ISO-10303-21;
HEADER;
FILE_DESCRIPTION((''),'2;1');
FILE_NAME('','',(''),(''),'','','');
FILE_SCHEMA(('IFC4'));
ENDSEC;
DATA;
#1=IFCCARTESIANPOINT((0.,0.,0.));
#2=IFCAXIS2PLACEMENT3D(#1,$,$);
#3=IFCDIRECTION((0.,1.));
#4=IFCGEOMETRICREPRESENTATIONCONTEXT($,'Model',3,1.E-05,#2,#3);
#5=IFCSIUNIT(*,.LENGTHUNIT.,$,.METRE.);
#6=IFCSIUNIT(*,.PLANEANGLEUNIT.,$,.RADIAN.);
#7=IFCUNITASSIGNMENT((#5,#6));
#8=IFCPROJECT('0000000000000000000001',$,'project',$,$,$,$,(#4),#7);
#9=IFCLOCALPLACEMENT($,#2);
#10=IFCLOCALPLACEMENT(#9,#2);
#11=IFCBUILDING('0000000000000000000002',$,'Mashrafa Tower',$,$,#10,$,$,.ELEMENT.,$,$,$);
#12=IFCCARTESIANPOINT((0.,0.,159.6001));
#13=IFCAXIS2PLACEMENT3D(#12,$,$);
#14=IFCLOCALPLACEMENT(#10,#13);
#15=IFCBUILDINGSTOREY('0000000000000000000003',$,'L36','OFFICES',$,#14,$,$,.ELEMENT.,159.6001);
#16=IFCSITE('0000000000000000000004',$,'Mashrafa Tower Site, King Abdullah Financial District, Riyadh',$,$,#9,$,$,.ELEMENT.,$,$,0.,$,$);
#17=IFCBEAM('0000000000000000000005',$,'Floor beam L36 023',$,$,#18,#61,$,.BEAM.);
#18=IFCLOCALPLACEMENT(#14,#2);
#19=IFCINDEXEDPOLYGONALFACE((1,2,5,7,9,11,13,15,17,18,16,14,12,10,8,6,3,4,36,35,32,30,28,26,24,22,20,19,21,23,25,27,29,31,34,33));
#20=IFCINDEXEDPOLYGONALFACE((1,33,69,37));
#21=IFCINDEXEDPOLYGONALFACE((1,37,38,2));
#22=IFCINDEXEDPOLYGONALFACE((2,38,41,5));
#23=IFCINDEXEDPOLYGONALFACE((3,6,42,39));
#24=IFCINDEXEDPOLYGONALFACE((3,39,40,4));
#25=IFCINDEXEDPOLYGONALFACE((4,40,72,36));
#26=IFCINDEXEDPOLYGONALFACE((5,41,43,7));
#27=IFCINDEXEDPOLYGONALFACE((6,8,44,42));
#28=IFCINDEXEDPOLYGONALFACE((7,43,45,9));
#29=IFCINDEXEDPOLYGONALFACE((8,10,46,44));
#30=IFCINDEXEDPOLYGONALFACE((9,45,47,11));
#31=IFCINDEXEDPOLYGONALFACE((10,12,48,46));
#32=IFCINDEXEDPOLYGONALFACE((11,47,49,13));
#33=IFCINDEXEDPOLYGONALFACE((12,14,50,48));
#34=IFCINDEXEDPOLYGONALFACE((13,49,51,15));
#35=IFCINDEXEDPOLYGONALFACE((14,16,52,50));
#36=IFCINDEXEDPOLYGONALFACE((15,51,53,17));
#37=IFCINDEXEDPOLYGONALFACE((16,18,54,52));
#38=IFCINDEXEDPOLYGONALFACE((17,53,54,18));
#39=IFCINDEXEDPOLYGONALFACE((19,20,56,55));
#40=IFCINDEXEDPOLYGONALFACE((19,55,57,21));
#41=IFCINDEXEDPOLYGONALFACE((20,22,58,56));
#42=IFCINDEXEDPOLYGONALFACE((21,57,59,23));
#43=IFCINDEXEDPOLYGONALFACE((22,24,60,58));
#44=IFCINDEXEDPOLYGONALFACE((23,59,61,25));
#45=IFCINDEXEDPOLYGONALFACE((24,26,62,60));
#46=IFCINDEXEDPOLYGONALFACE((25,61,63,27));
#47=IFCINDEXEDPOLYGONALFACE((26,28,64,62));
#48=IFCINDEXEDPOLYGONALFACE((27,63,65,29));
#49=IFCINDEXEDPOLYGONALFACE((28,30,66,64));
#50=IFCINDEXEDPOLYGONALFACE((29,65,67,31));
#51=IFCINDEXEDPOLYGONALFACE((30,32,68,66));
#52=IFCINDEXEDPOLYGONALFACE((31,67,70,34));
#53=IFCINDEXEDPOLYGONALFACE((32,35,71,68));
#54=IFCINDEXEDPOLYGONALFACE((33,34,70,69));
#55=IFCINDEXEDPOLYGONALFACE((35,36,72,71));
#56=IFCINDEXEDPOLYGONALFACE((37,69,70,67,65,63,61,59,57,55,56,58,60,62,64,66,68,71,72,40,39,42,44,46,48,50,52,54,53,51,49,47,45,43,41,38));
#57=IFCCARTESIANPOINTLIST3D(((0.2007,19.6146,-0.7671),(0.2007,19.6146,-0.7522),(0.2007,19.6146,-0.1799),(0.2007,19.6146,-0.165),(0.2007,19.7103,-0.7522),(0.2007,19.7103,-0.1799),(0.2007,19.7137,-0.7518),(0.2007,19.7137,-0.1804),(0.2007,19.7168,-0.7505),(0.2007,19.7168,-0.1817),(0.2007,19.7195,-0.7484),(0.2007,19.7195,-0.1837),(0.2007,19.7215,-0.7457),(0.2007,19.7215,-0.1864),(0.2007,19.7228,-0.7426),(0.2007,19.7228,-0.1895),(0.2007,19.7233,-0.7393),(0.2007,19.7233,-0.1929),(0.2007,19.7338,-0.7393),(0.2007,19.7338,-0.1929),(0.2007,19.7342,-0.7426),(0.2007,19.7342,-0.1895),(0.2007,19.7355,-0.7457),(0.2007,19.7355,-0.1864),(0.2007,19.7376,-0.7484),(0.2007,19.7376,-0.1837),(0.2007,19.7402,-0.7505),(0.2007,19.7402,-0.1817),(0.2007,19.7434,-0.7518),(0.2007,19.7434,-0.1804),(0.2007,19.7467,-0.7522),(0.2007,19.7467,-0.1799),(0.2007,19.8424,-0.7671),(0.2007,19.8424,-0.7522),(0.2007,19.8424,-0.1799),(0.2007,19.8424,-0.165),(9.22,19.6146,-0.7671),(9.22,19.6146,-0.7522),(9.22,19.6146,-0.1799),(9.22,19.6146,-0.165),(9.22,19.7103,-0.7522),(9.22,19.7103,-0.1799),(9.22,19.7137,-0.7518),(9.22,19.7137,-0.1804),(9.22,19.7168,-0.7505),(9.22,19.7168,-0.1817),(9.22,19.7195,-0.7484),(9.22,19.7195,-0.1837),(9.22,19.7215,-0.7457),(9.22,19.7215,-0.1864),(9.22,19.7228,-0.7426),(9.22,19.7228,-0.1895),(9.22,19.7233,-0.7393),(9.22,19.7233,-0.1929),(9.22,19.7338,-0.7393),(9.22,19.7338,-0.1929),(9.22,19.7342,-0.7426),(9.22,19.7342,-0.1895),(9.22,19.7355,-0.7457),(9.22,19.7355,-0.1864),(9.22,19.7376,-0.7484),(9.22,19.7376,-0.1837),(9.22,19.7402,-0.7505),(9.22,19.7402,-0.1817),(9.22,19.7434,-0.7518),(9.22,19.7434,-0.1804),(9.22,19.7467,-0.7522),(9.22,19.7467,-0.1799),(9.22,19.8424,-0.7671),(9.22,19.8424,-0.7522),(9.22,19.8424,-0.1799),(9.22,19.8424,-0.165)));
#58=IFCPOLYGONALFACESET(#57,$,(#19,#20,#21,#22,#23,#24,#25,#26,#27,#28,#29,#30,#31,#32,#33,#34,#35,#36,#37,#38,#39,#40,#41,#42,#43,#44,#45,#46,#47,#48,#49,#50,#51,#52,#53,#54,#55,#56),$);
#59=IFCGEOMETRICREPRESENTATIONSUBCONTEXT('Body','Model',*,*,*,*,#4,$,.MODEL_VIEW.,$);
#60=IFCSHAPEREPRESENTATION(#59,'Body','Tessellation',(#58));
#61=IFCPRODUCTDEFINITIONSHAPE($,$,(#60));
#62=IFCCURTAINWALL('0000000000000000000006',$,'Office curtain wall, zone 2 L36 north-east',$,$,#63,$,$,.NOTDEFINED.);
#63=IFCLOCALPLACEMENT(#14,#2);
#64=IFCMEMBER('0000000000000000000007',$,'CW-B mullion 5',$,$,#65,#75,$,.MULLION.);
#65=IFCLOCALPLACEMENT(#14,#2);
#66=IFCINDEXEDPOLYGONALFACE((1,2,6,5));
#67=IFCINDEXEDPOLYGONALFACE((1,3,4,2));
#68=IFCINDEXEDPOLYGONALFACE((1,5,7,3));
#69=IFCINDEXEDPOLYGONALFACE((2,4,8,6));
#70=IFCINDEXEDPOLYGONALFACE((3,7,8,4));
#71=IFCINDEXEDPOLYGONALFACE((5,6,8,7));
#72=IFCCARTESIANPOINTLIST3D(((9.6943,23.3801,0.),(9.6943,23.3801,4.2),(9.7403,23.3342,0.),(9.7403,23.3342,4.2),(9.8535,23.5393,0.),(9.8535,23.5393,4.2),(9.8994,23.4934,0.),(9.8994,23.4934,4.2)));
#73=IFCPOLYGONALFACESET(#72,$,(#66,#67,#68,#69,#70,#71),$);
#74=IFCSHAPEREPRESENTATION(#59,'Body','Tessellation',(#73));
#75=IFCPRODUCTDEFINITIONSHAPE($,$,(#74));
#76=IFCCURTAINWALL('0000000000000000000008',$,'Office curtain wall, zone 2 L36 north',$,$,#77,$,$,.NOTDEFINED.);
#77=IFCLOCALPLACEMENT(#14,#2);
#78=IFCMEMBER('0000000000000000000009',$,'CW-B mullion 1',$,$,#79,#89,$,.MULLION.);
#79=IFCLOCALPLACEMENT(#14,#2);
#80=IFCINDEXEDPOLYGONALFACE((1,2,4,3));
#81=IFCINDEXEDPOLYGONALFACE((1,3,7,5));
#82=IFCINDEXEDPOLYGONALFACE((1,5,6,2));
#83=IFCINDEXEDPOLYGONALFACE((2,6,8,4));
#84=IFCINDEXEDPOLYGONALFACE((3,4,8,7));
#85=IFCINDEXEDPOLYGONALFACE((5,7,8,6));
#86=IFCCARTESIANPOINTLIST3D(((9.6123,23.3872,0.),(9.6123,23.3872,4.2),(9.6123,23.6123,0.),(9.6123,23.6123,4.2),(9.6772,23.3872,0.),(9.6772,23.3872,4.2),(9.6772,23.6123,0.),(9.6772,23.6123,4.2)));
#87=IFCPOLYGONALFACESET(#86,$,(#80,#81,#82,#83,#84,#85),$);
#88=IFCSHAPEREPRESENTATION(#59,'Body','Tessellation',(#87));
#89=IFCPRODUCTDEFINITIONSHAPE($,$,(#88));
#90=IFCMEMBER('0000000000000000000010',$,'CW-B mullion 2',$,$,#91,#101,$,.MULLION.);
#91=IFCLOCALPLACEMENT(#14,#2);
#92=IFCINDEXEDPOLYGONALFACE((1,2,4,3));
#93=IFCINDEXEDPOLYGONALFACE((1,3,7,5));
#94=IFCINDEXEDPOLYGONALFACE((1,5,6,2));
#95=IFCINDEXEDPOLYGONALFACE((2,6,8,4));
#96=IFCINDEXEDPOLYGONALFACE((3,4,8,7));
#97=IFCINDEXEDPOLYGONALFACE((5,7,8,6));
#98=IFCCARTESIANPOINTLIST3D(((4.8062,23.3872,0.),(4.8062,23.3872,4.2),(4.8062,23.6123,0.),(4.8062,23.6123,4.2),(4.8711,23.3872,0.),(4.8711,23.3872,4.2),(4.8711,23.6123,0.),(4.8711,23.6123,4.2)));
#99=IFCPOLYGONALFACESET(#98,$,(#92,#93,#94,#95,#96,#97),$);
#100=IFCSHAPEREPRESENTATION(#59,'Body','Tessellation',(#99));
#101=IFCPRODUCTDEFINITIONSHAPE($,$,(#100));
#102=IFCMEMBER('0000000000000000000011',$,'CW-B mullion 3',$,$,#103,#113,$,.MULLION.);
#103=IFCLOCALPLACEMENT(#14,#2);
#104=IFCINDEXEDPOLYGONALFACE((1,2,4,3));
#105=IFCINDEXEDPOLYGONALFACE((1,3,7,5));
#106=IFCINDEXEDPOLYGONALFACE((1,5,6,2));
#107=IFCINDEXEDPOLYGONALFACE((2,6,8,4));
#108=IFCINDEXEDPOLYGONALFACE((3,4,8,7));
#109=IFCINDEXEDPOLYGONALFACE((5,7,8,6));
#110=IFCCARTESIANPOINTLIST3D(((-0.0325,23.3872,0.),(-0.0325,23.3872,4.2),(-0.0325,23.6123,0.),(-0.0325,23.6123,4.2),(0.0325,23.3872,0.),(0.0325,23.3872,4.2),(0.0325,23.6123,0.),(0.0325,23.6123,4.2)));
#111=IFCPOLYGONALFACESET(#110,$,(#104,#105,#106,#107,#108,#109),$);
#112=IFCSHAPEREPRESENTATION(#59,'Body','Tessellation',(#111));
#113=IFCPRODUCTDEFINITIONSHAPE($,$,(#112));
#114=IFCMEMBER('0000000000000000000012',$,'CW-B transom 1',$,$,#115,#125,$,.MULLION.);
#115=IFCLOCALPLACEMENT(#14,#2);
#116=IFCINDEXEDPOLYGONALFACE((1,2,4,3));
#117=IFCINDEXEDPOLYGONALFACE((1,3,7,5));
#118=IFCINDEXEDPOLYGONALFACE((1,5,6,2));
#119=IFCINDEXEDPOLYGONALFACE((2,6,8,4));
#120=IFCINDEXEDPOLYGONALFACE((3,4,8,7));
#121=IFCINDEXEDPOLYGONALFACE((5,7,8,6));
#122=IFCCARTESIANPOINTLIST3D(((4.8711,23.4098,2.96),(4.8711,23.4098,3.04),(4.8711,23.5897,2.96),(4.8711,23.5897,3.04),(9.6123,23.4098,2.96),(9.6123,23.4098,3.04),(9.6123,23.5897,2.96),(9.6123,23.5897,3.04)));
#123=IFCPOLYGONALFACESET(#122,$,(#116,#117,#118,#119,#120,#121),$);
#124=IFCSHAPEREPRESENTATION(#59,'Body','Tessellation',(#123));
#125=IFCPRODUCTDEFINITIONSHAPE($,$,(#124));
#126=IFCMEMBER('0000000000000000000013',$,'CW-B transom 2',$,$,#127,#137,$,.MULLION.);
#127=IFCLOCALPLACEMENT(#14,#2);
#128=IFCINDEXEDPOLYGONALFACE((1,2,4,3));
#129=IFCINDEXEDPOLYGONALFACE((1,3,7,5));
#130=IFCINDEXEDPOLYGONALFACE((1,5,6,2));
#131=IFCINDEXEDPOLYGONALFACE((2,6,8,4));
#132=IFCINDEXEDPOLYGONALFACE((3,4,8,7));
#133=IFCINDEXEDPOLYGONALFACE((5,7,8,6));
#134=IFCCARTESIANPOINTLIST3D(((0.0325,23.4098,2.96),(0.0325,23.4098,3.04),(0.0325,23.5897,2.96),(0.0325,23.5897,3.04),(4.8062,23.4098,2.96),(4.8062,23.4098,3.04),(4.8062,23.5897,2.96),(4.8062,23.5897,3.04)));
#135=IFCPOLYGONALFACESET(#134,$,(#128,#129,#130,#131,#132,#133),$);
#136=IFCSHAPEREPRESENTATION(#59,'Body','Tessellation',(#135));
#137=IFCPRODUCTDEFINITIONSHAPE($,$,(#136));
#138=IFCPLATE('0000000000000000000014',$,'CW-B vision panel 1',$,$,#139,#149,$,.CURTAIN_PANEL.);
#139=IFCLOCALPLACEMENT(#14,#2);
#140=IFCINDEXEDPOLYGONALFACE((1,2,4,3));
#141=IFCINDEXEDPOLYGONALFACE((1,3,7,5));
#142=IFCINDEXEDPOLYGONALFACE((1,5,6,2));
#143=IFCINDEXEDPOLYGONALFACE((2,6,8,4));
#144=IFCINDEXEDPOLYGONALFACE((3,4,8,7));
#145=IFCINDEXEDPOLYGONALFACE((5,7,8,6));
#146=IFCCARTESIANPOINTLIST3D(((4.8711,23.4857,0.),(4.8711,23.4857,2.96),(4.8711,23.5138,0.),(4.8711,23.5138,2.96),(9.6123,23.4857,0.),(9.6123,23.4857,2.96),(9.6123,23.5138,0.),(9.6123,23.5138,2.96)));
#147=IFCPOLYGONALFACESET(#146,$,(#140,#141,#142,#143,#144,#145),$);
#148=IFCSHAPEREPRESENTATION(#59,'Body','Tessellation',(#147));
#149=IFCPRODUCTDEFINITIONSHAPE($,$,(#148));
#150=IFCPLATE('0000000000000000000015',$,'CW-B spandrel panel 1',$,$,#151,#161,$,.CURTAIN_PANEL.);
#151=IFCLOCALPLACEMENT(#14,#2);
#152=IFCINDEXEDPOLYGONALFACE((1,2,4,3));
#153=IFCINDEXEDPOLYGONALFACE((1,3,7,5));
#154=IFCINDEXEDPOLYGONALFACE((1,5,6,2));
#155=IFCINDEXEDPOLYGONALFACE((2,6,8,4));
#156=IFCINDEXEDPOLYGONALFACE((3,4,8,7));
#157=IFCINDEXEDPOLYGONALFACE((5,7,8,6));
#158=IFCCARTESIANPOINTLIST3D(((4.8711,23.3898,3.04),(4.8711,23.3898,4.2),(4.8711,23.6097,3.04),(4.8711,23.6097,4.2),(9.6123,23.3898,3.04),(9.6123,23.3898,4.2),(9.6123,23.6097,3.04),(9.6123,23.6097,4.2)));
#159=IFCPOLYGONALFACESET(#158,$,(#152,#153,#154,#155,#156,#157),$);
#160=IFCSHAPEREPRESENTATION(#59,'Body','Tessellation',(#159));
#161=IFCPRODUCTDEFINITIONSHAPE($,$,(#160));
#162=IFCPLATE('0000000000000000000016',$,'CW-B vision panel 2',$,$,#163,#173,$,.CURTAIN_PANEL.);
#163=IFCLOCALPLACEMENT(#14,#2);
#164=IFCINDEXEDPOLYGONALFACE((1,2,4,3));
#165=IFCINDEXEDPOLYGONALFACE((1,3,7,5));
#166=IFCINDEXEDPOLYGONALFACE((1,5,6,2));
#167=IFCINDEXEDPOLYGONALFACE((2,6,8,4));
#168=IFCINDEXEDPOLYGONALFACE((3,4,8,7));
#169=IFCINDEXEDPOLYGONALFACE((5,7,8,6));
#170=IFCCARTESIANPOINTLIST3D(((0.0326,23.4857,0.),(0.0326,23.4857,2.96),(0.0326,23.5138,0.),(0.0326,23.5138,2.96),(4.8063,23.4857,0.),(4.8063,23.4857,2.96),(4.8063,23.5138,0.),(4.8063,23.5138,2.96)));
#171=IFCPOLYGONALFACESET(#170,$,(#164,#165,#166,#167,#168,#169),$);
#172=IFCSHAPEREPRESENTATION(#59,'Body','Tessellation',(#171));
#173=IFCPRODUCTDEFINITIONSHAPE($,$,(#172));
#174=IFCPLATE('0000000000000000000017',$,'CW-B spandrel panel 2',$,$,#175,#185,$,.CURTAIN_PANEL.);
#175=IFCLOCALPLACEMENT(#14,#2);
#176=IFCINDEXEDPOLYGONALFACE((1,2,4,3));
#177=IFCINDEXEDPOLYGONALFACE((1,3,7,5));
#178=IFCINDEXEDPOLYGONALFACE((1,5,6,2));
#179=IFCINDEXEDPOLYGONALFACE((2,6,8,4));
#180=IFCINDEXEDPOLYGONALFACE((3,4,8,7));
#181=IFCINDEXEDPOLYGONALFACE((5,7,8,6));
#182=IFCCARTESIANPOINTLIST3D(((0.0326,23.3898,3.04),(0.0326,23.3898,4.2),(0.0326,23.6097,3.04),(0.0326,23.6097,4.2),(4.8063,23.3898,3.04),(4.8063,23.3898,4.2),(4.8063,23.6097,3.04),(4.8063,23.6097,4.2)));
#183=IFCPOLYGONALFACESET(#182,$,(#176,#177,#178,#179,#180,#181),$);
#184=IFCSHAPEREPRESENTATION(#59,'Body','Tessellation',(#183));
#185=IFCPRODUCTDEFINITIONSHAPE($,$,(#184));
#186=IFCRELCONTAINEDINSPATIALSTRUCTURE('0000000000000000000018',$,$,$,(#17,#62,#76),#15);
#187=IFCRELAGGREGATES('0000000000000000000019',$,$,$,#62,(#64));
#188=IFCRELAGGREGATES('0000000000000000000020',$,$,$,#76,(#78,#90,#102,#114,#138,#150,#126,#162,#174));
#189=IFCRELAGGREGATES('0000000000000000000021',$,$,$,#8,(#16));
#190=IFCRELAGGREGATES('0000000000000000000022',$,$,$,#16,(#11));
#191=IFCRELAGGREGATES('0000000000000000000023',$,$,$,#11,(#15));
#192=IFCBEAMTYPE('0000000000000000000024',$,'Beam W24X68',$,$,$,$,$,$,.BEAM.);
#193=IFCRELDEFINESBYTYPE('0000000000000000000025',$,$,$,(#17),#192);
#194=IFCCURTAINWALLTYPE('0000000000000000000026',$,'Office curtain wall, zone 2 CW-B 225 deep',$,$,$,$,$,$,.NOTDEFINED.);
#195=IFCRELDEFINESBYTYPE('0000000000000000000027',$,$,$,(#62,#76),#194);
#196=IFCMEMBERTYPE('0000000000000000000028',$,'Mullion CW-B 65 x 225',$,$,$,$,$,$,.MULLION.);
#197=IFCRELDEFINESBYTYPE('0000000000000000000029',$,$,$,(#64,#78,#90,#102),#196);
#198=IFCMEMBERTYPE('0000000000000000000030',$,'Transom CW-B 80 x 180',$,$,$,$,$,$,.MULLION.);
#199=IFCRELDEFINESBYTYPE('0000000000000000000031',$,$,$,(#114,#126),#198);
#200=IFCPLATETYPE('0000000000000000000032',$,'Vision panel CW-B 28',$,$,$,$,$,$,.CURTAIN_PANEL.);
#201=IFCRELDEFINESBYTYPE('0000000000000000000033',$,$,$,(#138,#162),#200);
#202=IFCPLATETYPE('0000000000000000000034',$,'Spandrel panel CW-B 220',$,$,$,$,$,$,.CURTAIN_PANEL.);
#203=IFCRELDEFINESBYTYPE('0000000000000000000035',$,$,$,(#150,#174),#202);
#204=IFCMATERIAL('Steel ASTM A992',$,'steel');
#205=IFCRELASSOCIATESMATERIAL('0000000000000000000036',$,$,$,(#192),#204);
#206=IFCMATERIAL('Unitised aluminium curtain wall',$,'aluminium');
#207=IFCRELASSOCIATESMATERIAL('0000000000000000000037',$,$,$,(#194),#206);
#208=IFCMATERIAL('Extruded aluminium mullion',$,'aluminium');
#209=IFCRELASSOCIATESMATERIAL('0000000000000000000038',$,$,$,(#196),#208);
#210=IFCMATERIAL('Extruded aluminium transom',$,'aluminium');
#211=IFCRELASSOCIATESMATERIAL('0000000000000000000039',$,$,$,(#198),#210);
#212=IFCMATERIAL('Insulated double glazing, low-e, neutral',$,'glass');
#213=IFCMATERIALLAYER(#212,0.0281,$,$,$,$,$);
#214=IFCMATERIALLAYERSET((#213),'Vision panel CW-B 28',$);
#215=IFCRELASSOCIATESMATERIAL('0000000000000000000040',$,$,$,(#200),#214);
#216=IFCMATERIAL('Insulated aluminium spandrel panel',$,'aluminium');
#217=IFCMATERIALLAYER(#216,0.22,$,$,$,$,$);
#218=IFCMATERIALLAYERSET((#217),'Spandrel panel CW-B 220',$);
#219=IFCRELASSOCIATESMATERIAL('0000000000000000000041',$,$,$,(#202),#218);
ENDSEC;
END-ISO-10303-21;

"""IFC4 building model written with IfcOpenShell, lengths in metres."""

from ifc_helpers import new_model, si_unit, direction, frame, origin, origin_2d, place, context, subcontext, project, spatial, rectangle, i_section, extrude, source, transform, mapped, material, layer, layer_set, material_profile, profile_set, type_object, type_shapes, element, aggregate, save


model = new_model("IFC4")

# Units and contexts
model_context = context("Model", 3, precision=1e-05, world=origin(), true_north=direction((0.0, 1.0)))
body_context = subcontext(model_context, "Body", "Model", "MODEL_VIEW")
ifc_project = project(units=[si_unit("LENGTHUNIT", "METRE"), si_unit("PLANEANGLEUNIT", "RADIAN")], contexts=[model_context])

# Site, building, storey
site_placement = place(None, origin())
site = spatial("IfcSite", under=ifc_project, at=site_placement, Name="Mashrafa Tower Site, King Abdullah Financial District, Riyadh", CompositionType="ELEMENT", RefElevation=0.0)
building_placement = place(site_placement, origin())
building = spatial("IfcBuilding", under=site, at=building_placement, Name="Mashrafa Tower", CompositionType="ELEMENT")
storey_placement = place(building_placement, frame((0.0, 0.0, 159.6001)))
storey = spatial("IfcBuildingStorey", under=building, at=storey_placement, Name="L36", Description="OFFICES", CompositionType="ELEMENT", Elevation=159.6001)

# Beam
ifc_material_1 = material(Name="Steel ASTM A992", Category="steel")
ifc_material_profile_1 = material_profile(ifc_material_1, i_section(OverallWidth=0.2278, OverallDepth=0.6021, WebThickness=0.0105, FlangeThickness=0.0149, FilletRadius=0.0129, at=origin_2d()), Name="W24X68")
ifc_profile_set_1 = profile_set([ifc_material_profile_1], Name="Steel ASTM A992")
beam_type_1 = type_object("IfcBeamType", Name="Beam W24X68", PredefinedType="BEAM", material=ifc_profile_set_1)
beam_1_placement = place(storey_placement, frame((0.2007, 19.7285, -0.4661), z_axis=(1.0, 0.0, 0.0), x_axis=(0.0, 1.0, 0.0)))
element("IfcBeam", 1, at=beam_1_placement, inside=storey, type_object=beam_type_1, Name="Floor beam L36 023", PredefinedType="BEAM", context=body_context, shape_type="SweptSolid", body=[
    extrude(i_section(OverallWidth=0.2278, OverallDepth=0.6021, WebThickness=0.0105, FlangeThickness=0.0149, FilletRadius=0.0129, at=origin_2d()), origin(), (0.0, 0.0, 1.0), 9.0193),
])

# Curtain wall, member
ifc_material_2 = material(Name="Unitised aluminium curtain wall", Category="aluminium")
curtain_wall_type = type_object("IfcCurtainWallType", Name="Office curtain wall, zone 2 CW-B 225 deep", PredefinedType="NOTDEFINED", material=ifc_material_2)
curtain_wall_1_placement = place(storey_placement, origin())
curtain_wall_1 = element("IfcCurtainWall", 2, at=curtain_wall_1_placement, inside=storey, type_object=curtain_wall_type, Name="Office curtain wall, zone 2 L36 north-east", PredefinedType="NOTDEFINED")
ifc_material_3 = material(Name="Extruded aluminium mullion", Category="aluminium")
ifc_material_profile_2 = material_profile(ifc_material_3, rectangle(XDim=0.2251, YDim=0.0649, at=origin_2d()), Name="Mullion 65x225")
ifc_profile_set_2 = profile_set([ifc_material_profile_2], Name="Extruded aluminium mullion")
member_type_1 = type_object("IfcMemberType", Name="Mullion CW-B 65 x 225", PredefinedType="MULLION", material=ifc_profile_set_2)
shared_shape_1 = source(origin(), body_context, "Body", "SweptSolid", [
    extrude(rectangle(XDim=0.2251, YDim=0.0649, at=origin_2d()), origin(), (0.0, 0.0, 1.0), 4.2),
])
type_shapes(member_type_1, [shared_shape_1])
member_1_placement = place(storey_placement, frame((9.7969, 23.4368, 0.0), z_axis=(0.0, 0.0, 1.0), x_axis=(-0.707107, -0.707107, 0.0)))
member_1 = element("IfcMember", 3, at=member_1_placement, type_object=member_type_1, Name="CW-B mullion 5", PredefinedType="MULLION", context=body_context, shape_type="MappedRepresentation", body=[
    mapped(shared_shape_1, transform((0.0, 0.0, 0.0))),
])
aggregate(curtain_wall_1, [member_1])

# Curtain wall, members, plates
curtain_wall_2_placement = place(storey_placement, origin())
curtain_wall_2 = element("IfcCurtainWall", 4, at=curtain_wall_2_placement, inside=storey, type_object=curtain_wall_type, Name="Office curtain wall, zone 2 L36 north", PredefinedType="NOTDEFINED")
member_2_placement = place(storey_placement, frame((9.6448, 23.4998, 0.0), z_axis=(0.0, 0.0, 1.0), x_axis=(0.0, -1.0, 0.0)))
member_2 = element("IfcMember", 5, at=member_2_placement, type_object=member_type_1, Name="CW-B mullion 1", PredefinedType="MULLION", context=body_context, shape_type="MappedRepresentation", body=[
    mapped(shared_shape_1, transform((0.0, 0.0, 0.0))),
])
member_3_placement = place(storey_placement, frame((4.8386, 23.4998, 0.0), z_axis=(0.0, 0.0, 1.0), x_axis=(0.0, -1.0, 0.0)))
member_3 = element("IfcMember", 6, at=member_3_placement, type_object=member_type_1, Name="CW-B mullion 2", PredefinedType="MULLION", context=body_context, shape_type="MappedRepresentation", body=[
    mapped(shared_shape_1, transform((0.0, 0.0, 0.0))),
])
member_4_placement = place(storey_placement, frame((0.0, 23.4998, 0.0), z_axis=(0.0, 0.0, 1.0), x_axis=(0.0, -1.0, 0.0)))
member_4 = element("IfcMember", 7, at=member_4_placement, type_object=member_type_1, Name="CW-B mullion 3", PredefinedType="MULLION", context=body_context, shape_type="MappedRepresentation", body=[
    mapped(shared_shape_1, transform((0.0, 0.0, 0.0))),
])
ifc_material_4 = material(Name="Extruded aluminium transom", Category="aluminium")
ifc_material_profile_3 = material_profile(ifc_material_4, rectangle(XDim=0.1799, YDim=0.0801, at=origin_2d()), Name="Transom 80x180")
ifc_profile_set_3 = profile_set([ifc_material_profile_3], Name="Extruded aluminium transom")
member_type_2 = type_object("IfcMemberType", Name="Transom CW-B 80 x 180", PredefinedType="MULLION", material=ifc_profile_set_3)
shared_shape_2 = source(origin(), body_context, "Body", "SweptSolid", [
    extrude(rectangle(XDim=0.1799, YDim=0.0801, at=origin_2d()), origin(), (0.0, 0.0, 1.0), 4.7412),
])
member_5_placement = place(storey_placement, frame((9.6123, 23.4998, 3.0), z_axis=(-1.0, 0.0, 0.0), x_axis=(0.0, -1.0, 0.0)))
member_5 = element("IfcMember", 8, at=member_5_placement, type_object=member_type_2, Name="CW-B transom 1", PredefinedType="MULLION", context=body_context, shape_type="MappedRepresentation", body=[
    mapped(shared_shape_2, transform((0.0, 0.0, 0.0))),
])
shared_shape_3 = source(origin(), body_context, "Body", "SweptSolid", [
    extrude(rectangle(XDim=0.1799, YDim=0.0801, at=origin_2d()), origin(), (0.0, 0.0, 1.0), 4.7737),
])
type_shapes(member_type_2, [shared_shape_2, shared_shape_3])
member_6_placement = place(storey_placement, frame((4.8062, 23.4998, 3.0), z_axis=(-1.0, 0.0, 0.0), x_axis=(0.0, -1.0, 0.0)))
member_6 = element("IfcMember", 9, at=member_6_placement, type_object=member_type_2, Name="CW-B transom 2", PredefinedType="MULLION", context=body_context, shape_type="MappedRepresentation", body=[
    mapped(shared_shape_3, transform((0.0, 0.0, 0.0))),
])
ifc_material_5 = material(Name="Insulated double glazing, low-e, neutral", Category="glass")
ifc_layer_1 = layer(ifc_material_5, 0.0281)
ifc_layer_set_1 = layer_set([ifc_layer_1], Name="Vision panel CW-B 28")
plate_type_1 = type_object("IfcPlateType", Name="Vision panel CW-B 28", PredefinedType="CURTAIN_PANEL", material=ifc_layer_set_1)
shared_shape_4 = source(origin(), body_context, "Body", "SweptSolid", [
    extrude(rectangle(XDim=4.7412, YDim=0.0281, at=origin_2d()), origin(), (0.0, 0.0, 1.0), 2.96),
])
plate_1_placement = place(storey_placement, frame((7.2417, 23.4998, 0.0), z_axis=(0.0, 0.0, 1.0), x_axis=(-1.0, 0.0, 0.0)))
plate_1 = element("IfcPlate", 10, at=plate_1_placement, type_object=plate_type_1, Name="CW-B vision panel 1", PredefinedType="CURTAIN_PANEL", context=body_context, shape_type="MappedRepresentation", body=[
    mapped(shared_shape_4, transform((0.0, 0.0, 0.0))),
])
ifc_material_6 = material(Name="Insulated aluminium spandrel panel", Category="aluminium")
ifc_layer_2 = layer(ifc_material_6, 0.22)
ifc_layer_set_2 = layer_set([ifc_layer_2], Name="Spandrel panel CW-B 220")
plate_type_2 = type_object("IfcPlateType", Name="Spandrel panel CW-B 220", PredefinedType="CURTAIN_PANEL", material=ifc_layer_set_2)
shared_shape_5 = source(origin(), body_context, "Body", "SweptSolid", [
    extrude(rectangle(XDim=4.7412, YDim=0.22, at=origin_2d()), origin(), (0.0, 0.0, 1.0), 1.1599),
])
plate_2_placement = place(storey_placement, frame((7.2417, 23.4998, 3.04), z_axis=(0.0, 0.0, 1.0), x_axis=(-1.0, 0.0, 0.0)))
plate_2 = element("IfcPlate", 11, at=plate_2_placement, type_object=plate_type_2, Name="CW-B spandrel panel 1", PredefinedType="CURTAIN_PANEL", context=body_context, shape_type="MappedRepresentation", body=[
    mapped(shared_shape_5, transform((0.0, 0.0, 0.0))),
])
shared_shape_6 = source(origin(), body_context, "Body", "SweptSolid", [
    extrude(rectangle(XDim=4.7737, YDim=0.0281, at=origin_2d()), origin(), (0.0, 0.0, 1.0), 2.96),
])
type_shapes(plate_type_1, [shared_shape_4, shared_shape_6])
plate_3_placement = place(storey_placement, frame((2.4194, 23.4998, 0.0), z_axis=(0.0, 0.0, 1.0), x_axis=(-1.0, 0.0, 0.0)))
plate_3 = element("IfcPlate", 12, at=plate_3_placement, type_object=plate_type_1, Name="CW-B vision panel 2", PredefinedType="CURTAIN_PANEL", context=body_context, shape_type="MappedRepresentation", body=[
    mapped(shared_shape_6, transform((0.0, 0.0, 0.0))),
])
shared_shape_7 = source(origin(), body_context, "Body", "SweptSolid", [
    extrude(rectangle(XDim=4.7737, YDim=0.22, at=origin_2d()), origin(), (0.0, 0.0, 1.0), 1.1599),
])
type_shapes(plate_type_2, [shared_shape_5, shared_shape_7])
plate_4_placement = place(storey_placement, frame((2.4194, 23.4998, 3.04), z_axis=(0.0, 0.0, 1.0), x_axis=(-1.0, 0.0, 0.0)))
plate_4 = element("IfcPlate", 13, at=plate_4_placement, type_object=plate_type_2, Name="CW-B spandrel panel 2", PredefinedType="CURTAIN_PANEL", context=body_context, shape_type="MappedRepresentation", body=[
    mapped(shared_shape_7, transform((0.0, 0.0, 0.0))),
])
aggregate(curtain_wall_2, [member_2, member_3, member_4, member_5, plate_1, plate_2, member_6, plate_3, plate_4])

save(model, "model.ifc")
